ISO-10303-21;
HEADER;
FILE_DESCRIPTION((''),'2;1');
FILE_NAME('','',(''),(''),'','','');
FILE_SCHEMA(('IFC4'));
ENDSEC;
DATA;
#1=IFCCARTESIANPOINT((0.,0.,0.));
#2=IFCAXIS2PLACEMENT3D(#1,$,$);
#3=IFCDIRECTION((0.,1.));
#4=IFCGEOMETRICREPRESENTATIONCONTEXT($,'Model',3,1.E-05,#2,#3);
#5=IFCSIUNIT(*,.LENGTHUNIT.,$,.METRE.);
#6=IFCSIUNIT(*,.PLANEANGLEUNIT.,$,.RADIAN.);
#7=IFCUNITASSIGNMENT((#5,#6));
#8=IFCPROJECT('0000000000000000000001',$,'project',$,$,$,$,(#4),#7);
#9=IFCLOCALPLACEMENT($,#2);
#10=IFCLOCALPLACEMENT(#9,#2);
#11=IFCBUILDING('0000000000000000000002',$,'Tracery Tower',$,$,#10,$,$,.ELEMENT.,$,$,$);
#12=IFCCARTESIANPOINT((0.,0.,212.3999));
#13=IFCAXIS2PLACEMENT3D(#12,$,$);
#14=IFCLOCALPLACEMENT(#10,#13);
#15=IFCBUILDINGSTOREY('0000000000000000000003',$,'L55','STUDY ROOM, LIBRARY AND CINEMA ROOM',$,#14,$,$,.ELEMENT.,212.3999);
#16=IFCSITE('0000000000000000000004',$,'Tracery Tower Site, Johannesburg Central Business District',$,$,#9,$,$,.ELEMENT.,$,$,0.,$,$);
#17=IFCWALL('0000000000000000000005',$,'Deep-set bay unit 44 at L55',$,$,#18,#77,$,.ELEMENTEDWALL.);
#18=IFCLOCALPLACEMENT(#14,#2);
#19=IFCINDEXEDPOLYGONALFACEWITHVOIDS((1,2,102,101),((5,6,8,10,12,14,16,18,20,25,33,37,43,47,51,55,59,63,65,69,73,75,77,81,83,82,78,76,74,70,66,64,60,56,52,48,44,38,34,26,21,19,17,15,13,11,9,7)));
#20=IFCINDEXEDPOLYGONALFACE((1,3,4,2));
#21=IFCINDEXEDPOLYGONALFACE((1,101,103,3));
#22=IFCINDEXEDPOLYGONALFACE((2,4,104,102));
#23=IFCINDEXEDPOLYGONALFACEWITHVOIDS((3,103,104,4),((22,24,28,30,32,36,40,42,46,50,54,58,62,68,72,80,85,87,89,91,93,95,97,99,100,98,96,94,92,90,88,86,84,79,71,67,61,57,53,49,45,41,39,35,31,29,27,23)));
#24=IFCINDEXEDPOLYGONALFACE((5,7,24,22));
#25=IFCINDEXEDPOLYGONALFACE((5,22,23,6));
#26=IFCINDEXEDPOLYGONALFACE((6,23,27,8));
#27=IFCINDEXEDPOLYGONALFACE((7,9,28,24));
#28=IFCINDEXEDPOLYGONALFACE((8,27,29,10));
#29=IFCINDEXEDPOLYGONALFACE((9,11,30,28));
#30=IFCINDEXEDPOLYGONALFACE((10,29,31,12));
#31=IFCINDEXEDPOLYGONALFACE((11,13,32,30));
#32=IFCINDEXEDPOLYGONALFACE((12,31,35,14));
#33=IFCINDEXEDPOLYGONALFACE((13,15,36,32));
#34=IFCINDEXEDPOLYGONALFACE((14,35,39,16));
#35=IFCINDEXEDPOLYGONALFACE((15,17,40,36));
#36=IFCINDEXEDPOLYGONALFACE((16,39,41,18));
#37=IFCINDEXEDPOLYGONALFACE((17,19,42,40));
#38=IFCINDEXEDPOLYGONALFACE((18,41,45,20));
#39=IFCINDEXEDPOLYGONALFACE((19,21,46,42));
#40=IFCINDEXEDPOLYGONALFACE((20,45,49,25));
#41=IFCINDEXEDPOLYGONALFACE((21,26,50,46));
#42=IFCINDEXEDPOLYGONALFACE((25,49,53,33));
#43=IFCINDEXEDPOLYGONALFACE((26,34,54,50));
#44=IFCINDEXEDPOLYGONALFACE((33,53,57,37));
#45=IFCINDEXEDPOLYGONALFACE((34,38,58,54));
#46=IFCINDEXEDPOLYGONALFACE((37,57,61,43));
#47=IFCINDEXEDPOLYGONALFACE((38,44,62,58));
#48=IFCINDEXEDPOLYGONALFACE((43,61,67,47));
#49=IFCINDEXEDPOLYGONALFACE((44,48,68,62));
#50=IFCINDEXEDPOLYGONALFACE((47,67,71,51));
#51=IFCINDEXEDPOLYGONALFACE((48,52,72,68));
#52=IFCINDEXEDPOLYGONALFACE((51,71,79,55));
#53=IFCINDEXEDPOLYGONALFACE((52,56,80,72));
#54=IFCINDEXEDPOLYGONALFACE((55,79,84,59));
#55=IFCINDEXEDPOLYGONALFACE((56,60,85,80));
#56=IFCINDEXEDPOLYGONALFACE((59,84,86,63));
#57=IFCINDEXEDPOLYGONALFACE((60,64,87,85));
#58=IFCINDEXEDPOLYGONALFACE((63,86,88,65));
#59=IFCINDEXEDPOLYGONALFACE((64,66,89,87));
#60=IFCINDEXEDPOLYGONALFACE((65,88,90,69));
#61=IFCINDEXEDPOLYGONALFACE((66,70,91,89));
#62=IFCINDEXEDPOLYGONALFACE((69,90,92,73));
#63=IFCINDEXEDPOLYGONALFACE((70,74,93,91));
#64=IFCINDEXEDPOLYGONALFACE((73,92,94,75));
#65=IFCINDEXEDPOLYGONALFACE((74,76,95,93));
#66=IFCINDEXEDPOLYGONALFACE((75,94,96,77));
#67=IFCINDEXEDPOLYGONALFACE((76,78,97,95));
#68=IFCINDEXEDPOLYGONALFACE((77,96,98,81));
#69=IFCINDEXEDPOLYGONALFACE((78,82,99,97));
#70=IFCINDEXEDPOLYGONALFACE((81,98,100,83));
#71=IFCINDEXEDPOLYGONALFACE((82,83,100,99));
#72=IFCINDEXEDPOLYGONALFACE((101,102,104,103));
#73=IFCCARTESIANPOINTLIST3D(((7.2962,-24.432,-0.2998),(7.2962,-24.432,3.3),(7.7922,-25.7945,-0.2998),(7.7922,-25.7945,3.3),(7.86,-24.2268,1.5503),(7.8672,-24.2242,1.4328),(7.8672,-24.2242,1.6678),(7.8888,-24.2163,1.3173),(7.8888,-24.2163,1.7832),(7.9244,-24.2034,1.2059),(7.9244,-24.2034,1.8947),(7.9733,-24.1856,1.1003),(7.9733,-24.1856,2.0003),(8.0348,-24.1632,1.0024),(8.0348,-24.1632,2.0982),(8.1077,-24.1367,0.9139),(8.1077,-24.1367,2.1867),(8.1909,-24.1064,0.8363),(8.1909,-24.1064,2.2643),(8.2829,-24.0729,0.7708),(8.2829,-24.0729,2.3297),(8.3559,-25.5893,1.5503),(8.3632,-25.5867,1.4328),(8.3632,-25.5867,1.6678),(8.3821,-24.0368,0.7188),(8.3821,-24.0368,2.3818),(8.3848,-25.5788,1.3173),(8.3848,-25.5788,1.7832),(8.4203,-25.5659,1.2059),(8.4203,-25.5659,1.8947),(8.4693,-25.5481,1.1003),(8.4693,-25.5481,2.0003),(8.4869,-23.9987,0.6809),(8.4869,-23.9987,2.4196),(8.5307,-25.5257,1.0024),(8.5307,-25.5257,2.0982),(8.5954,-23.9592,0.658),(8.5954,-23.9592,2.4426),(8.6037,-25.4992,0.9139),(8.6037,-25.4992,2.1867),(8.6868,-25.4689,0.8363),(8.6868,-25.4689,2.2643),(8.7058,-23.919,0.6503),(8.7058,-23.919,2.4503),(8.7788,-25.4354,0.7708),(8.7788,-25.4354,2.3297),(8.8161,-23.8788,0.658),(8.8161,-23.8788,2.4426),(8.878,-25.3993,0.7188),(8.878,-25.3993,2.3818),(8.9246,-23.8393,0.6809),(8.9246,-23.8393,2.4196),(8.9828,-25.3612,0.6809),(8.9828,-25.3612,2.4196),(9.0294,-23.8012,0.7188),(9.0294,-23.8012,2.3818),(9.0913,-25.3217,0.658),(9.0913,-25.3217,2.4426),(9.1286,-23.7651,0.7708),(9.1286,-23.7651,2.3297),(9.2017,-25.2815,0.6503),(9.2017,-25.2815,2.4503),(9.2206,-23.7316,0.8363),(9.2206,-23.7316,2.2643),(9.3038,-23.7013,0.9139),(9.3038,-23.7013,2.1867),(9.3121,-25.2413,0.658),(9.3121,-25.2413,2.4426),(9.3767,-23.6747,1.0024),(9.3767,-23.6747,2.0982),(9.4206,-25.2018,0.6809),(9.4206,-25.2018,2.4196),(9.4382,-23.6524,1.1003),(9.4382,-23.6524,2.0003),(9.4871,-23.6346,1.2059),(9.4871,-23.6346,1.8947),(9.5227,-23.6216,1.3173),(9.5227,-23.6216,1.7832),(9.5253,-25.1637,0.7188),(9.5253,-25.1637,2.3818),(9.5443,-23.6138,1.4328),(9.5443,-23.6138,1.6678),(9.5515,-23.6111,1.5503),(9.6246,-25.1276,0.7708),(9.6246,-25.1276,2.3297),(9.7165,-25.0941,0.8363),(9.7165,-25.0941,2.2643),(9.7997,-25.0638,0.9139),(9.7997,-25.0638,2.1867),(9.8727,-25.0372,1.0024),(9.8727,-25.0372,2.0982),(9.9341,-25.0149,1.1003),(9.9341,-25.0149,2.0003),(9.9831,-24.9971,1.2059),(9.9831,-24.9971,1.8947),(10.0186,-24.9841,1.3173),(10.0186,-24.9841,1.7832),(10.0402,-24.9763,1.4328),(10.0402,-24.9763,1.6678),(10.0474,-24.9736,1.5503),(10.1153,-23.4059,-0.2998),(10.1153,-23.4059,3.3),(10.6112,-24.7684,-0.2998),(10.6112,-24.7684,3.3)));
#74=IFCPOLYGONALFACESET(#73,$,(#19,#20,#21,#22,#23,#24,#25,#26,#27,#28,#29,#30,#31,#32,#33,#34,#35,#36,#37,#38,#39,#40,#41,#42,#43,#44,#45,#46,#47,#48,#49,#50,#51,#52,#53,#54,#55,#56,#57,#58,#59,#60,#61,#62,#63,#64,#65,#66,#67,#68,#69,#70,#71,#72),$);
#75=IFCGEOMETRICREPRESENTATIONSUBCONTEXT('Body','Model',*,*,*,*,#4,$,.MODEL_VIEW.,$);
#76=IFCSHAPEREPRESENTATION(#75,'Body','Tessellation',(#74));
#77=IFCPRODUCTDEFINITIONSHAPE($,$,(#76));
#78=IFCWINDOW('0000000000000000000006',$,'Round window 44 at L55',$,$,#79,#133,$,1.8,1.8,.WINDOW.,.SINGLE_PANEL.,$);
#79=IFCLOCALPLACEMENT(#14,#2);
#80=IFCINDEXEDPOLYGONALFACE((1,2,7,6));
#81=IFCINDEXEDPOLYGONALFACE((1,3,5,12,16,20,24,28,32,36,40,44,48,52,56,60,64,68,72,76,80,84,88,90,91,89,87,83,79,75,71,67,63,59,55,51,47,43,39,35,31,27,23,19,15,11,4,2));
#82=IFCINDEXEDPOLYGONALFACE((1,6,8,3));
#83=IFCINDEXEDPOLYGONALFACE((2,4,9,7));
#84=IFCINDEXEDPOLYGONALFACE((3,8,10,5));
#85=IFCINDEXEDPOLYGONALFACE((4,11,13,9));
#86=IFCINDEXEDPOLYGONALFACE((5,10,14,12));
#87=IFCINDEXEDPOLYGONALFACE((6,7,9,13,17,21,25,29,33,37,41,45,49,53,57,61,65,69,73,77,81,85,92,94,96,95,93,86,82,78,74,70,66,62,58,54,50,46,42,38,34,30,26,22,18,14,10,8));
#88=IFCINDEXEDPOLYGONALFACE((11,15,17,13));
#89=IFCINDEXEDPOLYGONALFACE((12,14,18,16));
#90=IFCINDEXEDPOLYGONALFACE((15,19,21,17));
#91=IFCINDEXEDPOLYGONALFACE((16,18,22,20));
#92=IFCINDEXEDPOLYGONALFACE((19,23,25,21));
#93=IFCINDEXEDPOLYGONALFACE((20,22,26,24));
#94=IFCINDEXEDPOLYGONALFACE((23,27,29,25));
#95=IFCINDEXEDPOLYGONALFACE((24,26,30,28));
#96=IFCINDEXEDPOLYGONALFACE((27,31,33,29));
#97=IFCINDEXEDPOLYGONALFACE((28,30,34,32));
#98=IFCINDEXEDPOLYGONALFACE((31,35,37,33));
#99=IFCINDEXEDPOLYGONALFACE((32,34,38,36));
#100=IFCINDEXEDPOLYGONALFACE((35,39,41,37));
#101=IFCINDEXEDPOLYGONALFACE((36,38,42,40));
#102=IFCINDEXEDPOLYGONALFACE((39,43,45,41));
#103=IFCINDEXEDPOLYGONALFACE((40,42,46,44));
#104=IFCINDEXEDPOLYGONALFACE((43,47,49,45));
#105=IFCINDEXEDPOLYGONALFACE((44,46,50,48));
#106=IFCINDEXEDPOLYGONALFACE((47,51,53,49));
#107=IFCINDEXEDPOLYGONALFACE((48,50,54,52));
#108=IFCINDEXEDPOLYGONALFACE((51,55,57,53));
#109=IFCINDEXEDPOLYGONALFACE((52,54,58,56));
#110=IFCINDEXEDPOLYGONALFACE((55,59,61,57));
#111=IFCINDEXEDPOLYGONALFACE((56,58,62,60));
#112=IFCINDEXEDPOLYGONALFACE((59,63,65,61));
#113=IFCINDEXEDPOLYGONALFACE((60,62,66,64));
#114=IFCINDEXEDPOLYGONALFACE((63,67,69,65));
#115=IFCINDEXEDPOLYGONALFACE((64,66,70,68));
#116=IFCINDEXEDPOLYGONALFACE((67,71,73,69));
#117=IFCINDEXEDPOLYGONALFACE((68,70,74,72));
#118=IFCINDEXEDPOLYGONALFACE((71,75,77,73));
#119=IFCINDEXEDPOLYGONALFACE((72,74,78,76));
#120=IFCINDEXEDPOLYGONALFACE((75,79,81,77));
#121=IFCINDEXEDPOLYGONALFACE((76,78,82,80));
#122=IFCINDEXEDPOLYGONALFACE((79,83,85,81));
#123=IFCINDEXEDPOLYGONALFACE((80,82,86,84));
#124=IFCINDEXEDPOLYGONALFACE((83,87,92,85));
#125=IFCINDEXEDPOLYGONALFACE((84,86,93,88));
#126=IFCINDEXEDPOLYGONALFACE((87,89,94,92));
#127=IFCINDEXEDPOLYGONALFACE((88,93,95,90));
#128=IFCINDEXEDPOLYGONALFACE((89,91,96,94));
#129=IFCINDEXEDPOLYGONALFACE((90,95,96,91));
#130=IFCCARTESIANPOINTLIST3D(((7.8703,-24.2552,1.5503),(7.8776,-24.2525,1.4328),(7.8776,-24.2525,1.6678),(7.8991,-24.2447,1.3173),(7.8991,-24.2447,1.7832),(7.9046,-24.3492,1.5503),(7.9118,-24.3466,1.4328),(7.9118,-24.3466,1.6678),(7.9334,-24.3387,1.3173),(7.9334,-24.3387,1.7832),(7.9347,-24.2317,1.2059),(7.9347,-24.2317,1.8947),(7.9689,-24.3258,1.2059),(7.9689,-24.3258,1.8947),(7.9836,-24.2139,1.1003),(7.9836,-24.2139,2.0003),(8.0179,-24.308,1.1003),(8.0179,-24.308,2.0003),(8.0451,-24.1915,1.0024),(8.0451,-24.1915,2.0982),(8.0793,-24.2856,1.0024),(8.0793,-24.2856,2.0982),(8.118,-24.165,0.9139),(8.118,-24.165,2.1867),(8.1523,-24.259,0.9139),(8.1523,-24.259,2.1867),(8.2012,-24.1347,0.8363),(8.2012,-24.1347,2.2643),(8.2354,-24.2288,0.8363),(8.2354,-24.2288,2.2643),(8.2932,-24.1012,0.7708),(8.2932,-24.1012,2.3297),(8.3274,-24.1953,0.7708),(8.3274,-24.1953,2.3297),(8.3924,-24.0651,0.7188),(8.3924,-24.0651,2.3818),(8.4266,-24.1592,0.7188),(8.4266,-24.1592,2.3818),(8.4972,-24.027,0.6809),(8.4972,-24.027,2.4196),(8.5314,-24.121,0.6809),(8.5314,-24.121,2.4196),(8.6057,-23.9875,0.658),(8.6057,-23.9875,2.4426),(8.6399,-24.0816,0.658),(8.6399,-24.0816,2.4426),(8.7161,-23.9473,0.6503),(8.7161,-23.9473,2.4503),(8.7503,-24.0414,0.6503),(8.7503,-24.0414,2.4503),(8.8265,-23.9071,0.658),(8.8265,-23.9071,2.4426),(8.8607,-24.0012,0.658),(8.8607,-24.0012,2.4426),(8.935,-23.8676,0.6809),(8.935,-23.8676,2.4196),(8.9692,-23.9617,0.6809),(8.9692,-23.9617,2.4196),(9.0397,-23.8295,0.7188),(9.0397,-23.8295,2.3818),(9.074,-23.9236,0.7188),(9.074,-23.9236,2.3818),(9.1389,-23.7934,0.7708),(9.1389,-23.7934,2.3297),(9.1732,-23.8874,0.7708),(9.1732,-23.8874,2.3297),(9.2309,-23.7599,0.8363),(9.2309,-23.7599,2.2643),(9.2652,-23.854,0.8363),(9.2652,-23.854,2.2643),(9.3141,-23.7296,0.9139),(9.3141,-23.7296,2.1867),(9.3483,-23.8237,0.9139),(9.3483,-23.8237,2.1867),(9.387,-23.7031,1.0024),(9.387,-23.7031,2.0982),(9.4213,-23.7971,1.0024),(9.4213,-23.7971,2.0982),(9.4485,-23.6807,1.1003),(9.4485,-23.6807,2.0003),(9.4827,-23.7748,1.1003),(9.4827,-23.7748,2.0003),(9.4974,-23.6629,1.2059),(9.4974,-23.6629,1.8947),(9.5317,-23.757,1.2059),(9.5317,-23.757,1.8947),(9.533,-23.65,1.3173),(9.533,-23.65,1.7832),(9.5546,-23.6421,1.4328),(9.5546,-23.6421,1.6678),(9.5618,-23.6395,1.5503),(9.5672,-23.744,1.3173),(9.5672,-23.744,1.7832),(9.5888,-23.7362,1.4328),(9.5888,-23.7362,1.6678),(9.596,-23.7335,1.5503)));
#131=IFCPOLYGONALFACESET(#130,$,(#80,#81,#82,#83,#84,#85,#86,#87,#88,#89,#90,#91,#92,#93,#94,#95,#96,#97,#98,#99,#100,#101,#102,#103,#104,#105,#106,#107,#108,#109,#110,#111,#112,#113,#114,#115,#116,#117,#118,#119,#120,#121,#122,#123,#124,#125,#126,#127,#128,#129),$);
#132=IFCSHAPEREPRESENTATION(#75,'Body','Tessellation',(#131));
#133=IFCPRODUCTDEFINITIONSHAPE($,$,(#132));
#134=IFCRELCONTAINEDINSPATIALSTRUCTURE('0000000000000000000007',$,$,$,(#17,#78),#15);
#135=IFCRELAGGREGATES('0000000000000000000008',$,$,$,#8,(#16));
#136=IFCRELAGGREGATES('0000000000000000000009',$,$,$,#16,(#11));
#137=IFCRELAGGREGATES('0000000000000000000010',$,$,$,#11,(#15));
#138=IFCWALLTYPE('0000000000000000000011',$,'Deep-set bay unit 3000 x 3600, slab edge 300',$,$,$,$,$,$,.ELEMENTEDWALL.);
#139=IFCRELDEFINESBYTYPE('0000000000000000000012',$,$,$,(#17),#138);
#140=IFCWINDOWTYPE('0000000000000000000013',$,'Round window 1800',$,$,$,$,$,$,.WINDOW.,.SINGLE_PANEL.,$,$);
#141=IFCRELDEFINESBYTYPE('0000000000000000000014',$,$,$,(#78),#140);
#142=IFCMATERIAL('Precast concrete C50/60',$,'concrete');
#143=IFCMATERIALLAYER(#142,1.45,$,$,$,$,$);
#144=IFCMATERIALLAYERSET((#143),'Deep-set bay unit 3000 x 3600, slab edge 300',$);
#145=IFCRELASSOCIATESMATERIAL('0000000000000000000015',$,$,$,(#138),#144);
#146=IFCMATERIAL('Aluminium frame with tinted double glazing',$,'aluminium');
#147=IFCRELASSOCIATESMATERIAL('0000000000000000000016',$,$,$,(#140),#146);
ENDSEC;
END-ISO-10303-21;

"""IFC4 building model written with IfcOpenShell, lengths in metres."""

from ifc_helpers import new_model, si_unit, direction, frame, frame_2d, origin, origin_2d, place, context, subcontext, project, spatial, rectangle, circle, extrude, material, layer, layer_set, type_object, element, fill, save


model = new_model("IFC4")

# Units and contexts
model_context = context("Model", 3, precision=1e-05, world=origin(), true_north=direction((0.0, 1.0)))
body_context = subcontext(model_context, "Body", "Model", "MODEL_VIEW")
ifc_project = project(units=[si_unit("LENGTHUNIT", "METRE"), si_unit("PLANEANGLEUNIT", "RADIAN")], contexts=[model_context])

# Site, building, storey
site_placement = place(None, origin())
site = spatial("IfcSite", under=ifc_project, at=site_placement, Name="Tracery Tower Site, Johannesburg Central Business District", CompositionType="ELEMENT", RefElevation=0.0)
building_placement = place(site_placement, origin())
building = spatial("IfcBuilding", under=site, at=building_placement, Name="Tracery Tower", CompositionType="ELEMENT")
storey_placement = place(building_placement, frame((0.0, 0.0, 212.3999)))
storey = spatial("IfcBuildingStorey", under=building, at=storey_placement, Name="L55", Description="STUDY ROOM, LIBRARY AND CINEMA ROOM", CompositionType="ELEMENT", Elevation=212.3999)

# Wall, opening, window
ifc_material_1 = material(Name="Precast concrete C50/60", Category="concrete")
ifc_layer_1 = layer(ifc_material_1, 1.45)
ifc_layer_set_1 = layer_set([ifc_layer_1], Name="Deep-set bay unit 3000 x 3600, slab edge 300")
wall_type_1 = type_object("IfcWallType", Name="Deep-set bay unit 3000 x 3600, slab edge 300", PredefinedType="ELEMENTEDWALL", material=ifc_layer_set_1)
wall_1_placement = place(storey_placement, frame((7.5442, -25.1133, -0.2998), z_axis=(0.0, 0.0, 1.0), x_axis=(0.939686, 0.342037, 0.0)))
wall_1 = element("IfcWall", 1, at=wall_1_placement, inside=storey, type_object=wall_type_1, Name="Deep-set bay unit 44 at L55", PredefinedType="ELEMENTEDWALL", context=body_context, shape_type="SweptSolid", body=[
    extrude(rectangle(XDim=3.0, YDim=1.45, at=frame_2d((1.5, 0.0))), origin(), (0.0, 0.0, 1.0), 3.5999),
])
opening_1_placement = place(wall_1_placement, frame((1.5, 0.0, 1.8501)))
opening_1 = element("IfcOpeningElement", 2, at=opening_1_placement, cuts=wall_1, PredefinedType="OPENING", context=body_context, shape_type="SweptSolid", body=[
    extrude(circle(Radius=0.9, at=origin_2d()), frame((0.0, 0.7349, 0.0), z_axis=(0.0, -1.0, 0.0), x_axis=(1.0, 0.0, 0.0)), (0.0, 0.0, 1.0), 1.47),
])
ifc_material_2 = material(Name="Aluminium frame with tinted double glazing", Category="aluminium")
window_type = type_object("IfcWindowType", Name="Round window 1800", PartitioningType="SINGLE_PANEL", PredefinedType="WINDOW", material=ifc_material_2)
window_1_placement = place(opening_1_placement, origin())
window_1 = element("IfcWindow", 3, at=window_1_placement, inside=storey, type_object=window_type, Name="Round window 44 at L55", OverallHeight=1.8, OverallWidth=1.8, PartitioningType="SINGLE_PANEL", PredefinedType="WINDOW", context=body_context, shape_type="SweptSolid", body=[
    extrude(circle(Radius=0.9, at=origin_2d()), frame((0.0, 0.6948, 0.0), z_axis=(0.0, -1.0, 0.0), x_axis=(1.0, 0.0, 0.0)), (0.0, 0.0, 1.0), 0.1001),
])
fill(opening_1, window_1)

save(model, "model.ifc")
